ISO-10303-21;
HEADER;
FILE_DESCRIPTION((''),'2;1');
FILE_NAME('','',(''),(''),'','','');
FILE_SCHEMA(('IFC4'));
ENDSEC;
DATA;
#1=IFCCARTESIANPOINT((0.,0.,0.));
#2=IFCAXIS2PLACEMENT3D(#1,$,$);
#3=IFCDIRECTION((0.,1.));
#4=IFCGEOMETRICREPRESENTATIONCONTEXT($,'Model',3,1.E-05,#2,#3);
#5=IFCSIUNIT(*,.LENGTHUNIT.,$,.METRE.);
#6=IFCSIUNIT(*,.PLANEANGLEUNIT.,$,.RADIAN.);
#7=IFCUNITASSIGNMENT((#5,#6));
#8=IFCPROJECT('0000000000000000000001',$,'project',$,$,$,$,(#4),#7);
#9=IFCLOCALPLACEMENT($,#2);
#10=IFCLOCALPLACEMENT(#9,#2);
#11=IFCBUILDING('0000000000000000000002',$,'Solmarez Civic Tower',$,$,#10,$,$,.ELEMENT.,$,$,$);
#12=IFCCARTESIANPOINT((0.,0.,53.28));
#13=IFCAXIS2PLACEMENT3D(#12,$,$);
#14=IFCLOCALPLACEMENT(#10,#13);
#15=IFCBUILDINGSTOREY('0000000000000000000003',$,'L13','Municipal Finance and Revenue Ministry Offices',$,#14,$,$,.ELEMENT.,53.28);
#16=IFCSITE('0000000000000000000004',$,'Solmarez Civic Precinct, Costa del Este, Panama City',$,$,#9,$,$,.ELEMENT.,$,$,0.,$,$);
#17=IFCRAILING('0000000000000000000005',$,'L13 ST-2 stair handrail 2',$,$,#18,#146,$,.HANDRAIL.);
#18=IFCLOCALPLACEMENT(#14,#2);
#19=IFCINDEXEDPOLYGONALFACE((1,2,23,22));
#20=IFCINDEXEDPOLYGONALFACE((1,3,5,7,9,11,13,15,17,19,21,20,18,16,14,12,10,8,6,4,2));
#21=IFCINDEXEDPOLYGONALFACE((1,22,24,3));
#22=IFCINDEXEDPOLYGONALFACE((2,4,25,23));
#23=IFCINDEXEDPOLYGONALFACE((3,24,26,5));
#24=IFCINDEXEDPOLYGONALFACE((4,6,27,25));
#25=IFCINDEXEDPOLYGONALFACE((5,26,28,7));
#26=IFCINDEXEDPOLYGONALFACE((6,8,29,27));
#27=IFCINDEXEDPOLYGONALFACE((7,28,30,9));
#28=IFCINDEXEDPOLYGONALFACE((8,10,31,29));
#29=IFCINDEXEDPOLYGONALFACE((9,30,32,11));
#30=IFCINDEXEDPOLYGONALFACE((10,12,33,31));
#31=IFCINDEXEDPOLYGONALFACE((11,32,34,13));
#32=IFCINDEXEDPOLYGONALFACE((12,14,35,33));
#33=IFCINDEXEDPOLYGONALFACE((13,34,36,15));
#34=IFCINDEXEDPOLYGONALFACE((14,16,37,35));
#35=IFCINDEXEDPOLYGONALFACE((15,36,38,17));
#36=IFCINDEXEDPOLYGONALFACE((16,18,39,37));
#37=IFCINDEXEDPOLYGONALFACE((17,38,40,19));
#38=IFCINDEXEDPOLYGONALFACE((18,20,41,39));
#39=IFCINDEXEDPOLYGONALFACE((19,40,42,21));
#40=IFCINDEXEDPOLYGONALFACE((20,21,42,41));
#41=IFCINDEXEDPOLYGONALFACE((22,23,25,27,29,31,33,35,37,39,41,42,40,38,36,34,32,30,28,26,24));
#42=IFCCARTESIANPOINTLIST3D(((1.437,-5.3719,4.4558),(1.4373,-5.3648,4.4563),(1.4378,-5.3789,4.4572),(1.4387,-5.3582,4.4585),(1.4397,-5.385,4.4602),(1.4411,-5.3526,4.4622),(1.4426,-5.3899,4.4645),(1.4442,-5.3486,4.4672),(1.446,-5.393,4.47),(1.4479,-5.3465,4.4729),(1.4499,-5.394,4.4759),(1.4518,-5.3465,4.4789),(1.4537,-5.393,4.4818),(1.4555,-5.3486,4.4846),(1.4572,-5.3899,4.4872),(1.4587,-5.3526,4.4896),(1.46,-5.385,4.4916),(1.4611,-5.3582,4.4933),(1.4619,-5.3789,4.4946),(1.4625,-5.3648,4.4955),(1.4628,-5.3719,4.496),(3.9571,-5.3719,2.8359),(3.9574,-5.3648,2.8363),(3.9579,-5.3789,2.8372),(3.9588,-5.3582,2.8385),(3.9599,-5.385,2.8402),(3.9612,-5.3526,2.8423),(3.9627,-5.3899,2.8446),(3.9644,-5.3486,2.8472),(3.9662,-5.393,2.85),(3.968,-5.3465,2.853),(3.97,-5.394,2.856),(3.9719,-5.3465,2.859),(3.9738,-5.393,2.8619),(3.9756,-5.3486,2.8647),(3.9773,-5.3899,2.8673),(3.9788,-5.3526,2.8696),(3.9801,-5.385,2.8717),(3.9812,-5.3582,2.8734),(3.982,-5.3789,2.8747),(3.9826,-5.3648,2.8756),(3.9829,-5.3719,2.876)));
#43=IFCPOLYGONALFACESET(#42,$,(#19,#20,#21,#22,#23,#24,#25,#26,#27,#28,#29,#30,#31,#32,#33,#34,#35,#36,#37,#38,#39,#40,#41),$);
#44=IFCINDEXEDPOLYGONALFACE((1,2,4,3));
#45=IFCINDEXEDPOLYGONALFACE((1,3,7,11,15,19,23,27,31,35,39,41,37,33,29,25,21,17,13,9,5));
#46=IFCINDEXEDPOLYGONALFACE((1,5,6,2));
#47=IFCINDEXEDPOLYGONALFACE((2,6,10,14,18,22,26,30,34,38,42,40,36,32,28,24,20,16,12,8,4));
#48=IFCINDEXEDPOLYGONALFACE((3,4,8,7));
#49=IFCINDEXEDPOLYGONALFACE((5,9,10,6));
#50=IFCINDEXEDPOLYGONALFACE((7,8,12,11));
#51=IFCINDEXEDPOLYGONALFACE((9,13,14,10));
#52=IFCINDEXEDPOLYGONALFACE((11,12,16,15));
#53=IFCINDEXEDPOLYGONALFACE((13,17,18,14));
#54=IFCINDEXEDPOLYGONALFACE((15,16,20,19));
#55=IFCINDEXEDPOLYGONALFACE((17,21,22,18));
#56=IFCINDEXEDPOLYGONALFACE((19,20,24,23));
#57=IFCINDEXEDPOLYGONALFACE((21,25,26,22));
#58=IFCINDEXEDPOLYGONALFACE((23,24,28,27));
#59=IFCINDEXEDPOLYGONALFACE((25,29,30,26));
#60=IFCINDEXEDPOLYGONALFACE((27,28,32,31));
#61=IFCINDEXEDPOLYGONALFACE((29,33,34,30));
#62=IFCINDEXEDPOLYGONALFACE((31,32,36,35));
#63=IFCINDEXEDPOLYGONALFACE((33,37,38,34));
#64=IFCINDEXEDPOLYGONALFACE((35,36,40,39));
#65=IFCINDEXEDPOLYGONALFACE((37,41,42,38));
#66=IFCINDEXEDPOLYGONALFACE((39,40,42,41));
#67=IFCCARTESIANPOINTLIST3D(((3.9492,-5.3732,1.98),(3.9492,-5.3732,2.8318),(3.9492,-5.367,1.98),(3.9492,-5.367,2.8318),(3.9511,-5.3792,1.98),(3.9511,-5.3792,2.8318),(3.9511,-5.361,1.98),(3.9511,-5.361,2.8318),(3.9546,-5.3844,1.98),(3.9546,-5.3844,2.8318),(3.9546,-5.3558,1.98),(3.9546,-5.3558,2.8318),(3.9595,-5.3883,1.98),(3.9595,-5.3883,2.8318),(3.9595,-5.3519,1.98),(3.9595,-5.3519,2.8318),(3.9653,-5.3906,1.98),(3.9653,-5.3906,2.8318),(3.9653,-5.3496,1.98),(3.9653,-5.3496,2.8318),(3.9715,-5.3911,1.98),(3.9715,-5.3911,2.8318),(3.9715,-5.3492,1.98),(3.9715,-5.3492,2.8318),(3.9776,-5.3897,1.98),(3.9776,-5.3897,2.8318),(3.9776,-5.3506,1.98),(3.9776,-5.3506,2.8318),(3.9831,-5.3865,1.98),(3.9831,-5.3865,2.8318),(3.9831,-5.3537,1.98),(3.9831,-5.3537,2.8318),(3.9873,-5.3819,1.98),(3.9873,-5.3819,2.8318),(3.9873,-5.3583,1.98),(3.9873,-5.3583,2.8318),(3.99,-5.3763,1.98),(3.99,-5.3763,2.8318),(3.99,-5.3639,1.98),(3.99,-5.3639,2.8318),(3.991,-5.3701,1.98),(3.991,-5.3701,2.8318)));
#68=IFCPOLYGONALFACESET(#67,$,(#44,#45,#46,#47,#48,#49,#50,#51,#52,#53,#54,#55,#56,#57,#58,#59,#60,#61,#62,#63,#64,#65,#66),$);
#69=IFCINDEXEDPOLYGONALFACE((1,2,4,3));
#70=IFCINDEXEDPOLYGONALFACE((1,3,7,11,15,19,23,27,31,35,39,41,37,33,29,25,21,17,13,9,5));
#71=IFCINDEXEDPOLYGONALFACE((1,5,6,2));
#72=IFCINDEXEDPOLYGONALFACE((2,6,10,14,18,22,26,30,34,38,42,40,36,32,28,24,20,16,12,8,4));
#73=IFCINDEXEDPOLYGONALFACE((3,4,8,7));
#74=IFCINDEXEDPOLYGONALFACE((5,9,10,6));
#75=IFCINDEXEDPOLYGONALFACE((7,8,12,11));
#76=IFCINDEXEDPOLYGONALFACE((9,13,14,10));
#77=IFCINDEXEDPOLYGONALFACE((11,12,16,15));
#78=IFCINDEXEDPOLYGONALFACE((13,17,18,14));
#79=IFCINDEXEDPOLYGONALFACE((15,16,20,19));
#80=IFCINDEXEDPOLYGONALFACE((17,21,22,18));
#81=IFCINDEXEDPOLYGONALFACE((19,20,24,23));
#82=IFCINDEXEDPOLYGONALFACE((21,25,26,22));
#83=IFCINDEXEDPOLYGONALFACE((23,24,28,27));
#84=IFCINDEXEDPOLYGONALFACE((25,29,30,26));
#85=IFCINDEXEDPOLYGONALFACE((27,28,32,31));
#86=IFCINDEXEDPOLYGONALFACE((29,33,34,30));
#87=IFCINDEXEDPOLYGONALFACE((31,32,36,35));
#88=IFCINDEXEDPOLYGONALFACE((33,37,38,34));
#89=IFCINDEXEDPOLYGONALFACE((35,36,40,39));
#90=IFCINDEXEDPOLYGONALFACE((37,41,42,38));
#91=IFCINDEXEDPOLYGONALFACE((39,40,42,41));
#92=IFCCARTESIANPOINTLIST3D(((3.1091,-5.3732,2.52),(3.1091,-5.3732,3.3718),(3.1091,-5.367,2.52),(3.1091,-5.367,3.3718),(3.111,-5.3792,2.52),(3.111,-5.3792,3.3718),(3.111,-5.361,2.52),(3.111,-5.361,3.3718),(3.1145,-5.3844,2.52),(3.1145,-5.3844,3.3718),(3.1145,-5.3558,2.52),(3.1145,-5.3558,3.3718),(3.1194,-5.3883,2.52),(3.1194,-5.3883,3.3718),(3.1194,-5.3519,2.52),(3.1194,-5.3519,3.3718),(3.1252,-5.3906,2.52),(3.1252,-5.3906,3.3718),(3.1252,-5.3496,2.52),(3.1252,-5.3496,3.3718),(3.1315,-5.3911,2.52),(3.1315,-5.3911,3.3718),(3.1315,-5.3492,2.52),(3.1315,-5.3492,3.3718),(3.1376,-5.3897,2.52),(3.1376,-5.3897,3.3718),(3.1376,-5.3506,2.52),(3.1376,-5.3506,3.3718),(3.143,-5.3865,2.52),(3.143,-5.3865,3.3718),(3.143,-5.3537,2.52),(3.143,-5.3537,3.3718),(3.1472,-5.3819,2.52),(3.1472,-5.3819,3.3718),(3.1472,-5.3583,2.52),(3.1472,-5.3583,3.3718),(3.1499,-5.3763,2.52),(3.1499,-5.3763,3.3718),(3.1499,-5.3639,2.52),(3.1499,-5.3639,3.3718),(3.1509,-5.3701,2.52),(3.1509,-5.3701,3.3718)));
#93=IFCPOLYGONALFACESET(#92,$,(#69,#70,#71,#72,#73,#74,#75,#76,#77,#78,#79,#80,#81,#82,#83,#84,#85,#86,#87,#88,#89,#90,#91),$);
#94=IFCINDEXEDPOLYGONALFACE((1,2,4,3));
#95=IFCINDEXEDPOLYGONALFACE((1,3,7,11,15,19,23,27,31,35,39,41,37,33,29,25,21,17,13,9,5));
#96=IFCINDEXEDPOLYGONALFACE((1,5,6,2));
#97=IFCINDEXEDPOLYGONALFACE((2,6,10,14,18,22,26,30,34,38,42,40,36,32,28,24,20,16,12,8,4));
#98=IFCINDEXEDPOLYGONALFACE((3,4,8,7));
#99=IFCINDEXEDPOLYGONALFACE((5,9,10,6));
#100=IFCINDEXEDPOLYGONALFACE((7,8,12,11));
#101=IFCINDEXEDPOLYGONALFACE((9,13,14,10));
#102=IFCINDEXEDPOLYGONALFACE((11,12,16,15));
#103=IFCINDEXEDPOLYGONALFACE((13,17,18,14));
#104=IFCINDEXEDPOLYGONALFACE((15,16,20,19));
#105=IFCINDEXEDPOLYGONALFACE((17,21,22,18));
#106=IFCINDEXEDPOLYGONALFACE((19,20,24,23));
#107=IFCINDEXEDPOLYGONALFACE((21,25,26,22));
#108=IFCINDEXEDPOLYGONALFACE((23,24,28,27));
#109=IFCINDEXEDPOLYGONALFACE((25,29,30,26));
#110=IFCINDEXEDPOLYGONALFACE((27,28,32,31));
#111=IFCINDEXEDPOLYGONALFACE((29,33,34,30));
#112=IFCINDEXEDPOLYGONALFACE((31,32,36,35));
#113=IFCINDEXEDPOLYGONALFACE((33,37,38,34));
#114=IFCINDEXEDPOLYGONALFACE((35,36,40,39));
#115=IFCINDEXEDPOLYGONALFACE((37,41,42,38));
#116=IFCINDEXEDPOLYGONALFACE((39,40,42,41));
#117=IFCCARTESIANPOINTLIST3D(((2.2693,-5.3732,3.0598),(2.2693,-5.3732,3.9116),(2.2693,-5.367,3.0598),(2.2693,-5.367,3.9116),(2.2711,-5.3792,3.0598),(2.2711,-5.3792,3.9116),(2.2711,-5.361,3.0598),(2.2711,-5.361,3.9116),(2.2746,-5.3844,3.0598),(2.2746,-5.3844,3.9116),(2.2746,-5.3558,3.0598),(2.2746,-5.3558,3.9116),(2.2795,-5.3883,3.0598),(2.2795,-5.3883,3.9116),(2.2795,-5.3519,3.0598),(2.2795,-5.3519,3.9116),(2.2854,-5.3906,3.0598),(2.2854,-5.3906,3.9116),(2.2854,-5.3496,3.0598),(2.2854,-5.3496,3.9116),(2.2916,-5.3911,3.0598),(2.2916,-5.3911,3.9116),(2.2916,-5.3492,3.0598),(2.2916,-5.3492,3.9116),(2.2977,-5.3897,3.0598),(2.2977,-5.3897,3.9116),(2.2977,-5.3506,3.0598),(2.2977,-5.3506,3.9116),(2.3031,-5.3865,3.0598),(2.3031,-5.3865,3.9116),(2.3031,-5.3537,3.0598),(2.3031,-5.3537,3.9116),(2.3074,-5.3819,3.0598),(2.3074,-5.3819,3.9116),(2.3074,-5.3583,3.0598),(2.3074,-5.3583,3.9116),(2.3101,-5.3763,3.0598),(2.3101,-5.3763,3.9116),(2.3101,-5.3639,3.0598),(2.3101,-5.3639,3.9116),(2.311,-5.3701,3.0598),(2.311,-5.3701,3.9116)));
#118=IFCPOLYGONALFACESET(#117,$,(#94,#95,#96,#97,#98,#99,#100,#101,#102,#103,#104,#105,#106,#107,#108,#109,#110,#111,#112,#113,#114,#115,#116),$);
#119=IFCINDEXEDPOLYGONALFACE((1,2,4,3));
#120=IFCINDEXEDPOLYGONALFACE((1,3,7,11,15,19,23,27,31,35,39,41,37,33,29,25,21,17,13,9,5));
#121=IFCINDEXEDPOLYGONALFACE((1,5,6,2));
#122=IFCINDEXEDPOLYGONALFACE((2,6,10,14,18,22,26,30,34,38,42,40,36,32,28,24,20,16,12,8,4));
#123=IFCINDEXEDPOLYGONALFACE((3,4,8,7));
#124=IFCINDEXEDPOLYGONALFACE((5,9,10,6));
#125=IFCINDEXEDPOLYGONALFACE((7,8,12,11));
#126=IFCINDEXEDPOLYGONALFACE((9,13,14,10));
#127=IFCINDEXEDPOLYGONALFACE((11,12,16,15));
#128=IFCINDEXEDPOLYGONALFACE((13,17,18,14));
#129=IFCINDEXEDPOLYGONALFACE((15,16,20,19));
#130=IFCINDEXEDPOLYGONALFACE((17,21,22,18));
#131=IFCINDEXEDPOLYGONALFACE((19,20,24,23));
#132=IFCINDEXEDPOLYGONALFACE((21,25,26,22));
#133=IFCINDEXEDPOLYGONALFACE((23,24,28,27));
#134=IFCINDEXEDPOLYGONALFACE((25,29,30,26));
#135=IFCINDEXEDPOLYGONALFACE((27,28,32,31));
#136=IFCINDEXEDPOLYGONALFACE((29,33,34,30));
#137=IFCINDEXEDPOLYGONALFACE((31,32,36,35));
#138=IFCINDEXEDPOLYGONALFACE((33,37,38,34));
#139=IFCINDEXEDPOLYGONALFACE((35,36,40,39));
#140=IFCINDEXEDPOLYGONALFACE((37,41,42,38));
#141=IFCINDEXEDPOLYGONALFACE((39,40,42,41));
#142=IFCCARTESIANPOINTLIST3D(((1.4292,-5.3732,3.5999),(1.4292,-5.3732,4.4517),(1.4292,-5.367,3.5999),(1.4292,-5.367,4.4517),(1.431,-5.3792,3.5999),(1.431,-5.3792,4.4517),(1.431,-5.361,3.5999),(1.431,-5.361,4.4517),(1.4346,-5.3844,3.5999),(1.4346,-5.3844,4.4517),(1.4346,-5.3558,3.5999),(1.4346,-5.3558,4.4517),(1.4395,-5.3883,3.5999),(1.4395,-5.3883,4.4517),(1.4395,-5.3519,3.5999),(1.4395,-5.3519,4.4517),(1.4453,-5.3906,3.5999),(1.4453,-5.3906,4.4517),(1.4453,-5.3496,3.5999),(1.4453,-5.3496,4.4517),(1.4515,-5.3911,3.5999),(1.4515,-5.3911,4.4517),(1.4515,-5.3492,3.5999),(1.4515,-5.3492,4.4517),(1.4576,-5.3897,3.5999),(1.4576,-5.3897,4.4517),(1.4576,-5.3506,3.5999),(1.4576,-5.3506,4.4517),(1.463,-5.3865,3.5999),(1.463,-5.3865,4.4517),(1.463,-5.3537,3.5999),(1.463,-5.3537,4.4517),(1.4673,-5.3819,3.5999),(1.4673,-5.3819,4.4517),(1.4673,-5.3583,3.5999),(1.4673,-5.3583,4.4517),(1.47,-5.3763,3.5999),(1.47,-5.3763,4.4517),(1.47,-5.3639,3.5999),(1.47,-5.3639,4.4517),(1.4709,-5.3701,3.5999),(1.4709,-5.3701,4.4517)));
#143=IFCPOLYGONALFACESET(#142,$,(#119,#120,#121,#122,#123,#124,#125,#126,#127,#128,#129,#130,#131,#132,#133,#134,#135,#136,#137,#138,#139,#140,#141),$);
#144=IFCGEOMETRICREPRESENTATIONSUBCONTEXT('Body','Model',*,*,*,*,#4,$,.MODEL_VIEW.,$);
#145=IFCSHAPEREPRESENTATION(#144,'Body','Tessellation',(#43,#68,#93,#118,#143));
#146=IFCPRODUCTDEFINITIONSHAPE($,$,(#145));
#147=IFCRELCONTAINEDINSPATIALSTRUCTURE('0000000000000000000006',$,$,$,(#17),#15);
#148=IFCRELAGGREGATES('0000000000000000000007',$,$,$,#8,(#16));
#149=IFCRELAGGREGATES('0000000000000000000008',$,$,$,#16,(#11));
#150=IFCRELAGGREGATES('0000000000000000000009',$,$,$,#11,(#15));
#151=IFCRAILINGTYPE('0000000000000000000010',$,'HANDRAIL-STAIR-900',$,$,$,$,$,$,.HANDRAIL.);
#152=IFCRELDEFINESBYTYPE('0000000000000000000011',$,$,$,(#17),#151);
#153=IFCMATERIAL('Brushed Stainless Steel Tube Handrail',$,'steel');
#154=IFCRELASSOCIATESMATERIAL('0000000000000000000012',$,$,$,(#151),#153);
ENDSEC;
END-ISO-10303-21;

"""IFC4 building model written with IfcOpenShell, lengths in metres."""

from ifc_helpers import new_model, si_unit, direction, frame, origin, origin_2d, place, context, subcontext, project, spatial, circle, extrude, material, type_object, element, save


model = new_model("IFC4")

# Units and contexts
model_context = context("Model", 3, precision=1e-05, world=origin(), true_north=direction((0.0, 1.0)))
body_context = subcontext(model_context, "Body", "Model", "MODEL_VIEW")
ifc_project = project(units=[si_unit("LENGTHUNIT", "METRE"), si_unit("PLANEANGLEUNIT", "RADIAN")], contexts=[model_context])

# Site, building, storey
site_placement = place(None, origin())
site = spatial("IfcSite", under=ifc_project, at=site_placement, Name="Solmarez Civic Precinct, Costa del Este, Panama City", CompositionType="ELEMENT", RefElevation=0.0)
building_placement = place(site_placement, origin())
building = spatial("IfcBuilding", under=site, at=building_placement, Name="Solmarez Civic Tower", CompositionType="ELEMENT")
storey_placement = place(building_placement, frame((0.0, 0.0, 53.28)))
storey = spatial("IfcBuildingStorey", under=building, at=storey_placement, Name="L13", Description="Municipal Finance and Revenue Ministry Offices", CompositionType="ELEMENT", Elevation=53.28)

# Railing
ifc_material_1 = material(Name="Brushed Stainless Steel Tube Handrail", Category="steel")
railing_type_1 = type_object("IfcRailingType", Name="HANDRAIL-STAIR-900", PredefinedType="HANDRAIL", material=ifc_material_1)
railing_1_placement = place(storey_placement, frame((3.97, -5.3701, 1.98)))
element("IfcRailing", 1, at=railing_1_placement, inside=storey, type_object=railing_type_1, Name="L13 ST-2 stair handrail 2", PredefinedType="HANDRAIL", context=body_context, shape_type="SweptSolid", body=[
    extrude(circle(Radius=0.0239, at=origin_2d()), frame((0.0, 0.0, 0.876), z_axis=(-0.8412, 0.0, 0.540725), x_axis=(0.0, -1.0, 0.0)), (0.0, 0.0, 1.0), 2.9958),
    extrude(circle(Radius=0.021, at=origin_2d()), origin(), (0.0, 0.0, 1.0), 0.8518),
    extrude(circle(Radius=0.021, at=origin_2d()), frame((-0.8401, 0.0, 0.54)), (0.0, 0.0, 1.0), 0.8518),
    extrude(circle(Radius=0.021, at=origin_2d()), frame((-1.6799, 0.0, 1.0798)), (0.0, 0.0, 1.0), 0.8518),
    extrude(circle(Radius=0.021, at=origin_2d()), frame((-2.52, 0.0, 1.6199)), (0.0, 0.0, 1.0), 0.8518),
])

save(model, "model.ifc")
